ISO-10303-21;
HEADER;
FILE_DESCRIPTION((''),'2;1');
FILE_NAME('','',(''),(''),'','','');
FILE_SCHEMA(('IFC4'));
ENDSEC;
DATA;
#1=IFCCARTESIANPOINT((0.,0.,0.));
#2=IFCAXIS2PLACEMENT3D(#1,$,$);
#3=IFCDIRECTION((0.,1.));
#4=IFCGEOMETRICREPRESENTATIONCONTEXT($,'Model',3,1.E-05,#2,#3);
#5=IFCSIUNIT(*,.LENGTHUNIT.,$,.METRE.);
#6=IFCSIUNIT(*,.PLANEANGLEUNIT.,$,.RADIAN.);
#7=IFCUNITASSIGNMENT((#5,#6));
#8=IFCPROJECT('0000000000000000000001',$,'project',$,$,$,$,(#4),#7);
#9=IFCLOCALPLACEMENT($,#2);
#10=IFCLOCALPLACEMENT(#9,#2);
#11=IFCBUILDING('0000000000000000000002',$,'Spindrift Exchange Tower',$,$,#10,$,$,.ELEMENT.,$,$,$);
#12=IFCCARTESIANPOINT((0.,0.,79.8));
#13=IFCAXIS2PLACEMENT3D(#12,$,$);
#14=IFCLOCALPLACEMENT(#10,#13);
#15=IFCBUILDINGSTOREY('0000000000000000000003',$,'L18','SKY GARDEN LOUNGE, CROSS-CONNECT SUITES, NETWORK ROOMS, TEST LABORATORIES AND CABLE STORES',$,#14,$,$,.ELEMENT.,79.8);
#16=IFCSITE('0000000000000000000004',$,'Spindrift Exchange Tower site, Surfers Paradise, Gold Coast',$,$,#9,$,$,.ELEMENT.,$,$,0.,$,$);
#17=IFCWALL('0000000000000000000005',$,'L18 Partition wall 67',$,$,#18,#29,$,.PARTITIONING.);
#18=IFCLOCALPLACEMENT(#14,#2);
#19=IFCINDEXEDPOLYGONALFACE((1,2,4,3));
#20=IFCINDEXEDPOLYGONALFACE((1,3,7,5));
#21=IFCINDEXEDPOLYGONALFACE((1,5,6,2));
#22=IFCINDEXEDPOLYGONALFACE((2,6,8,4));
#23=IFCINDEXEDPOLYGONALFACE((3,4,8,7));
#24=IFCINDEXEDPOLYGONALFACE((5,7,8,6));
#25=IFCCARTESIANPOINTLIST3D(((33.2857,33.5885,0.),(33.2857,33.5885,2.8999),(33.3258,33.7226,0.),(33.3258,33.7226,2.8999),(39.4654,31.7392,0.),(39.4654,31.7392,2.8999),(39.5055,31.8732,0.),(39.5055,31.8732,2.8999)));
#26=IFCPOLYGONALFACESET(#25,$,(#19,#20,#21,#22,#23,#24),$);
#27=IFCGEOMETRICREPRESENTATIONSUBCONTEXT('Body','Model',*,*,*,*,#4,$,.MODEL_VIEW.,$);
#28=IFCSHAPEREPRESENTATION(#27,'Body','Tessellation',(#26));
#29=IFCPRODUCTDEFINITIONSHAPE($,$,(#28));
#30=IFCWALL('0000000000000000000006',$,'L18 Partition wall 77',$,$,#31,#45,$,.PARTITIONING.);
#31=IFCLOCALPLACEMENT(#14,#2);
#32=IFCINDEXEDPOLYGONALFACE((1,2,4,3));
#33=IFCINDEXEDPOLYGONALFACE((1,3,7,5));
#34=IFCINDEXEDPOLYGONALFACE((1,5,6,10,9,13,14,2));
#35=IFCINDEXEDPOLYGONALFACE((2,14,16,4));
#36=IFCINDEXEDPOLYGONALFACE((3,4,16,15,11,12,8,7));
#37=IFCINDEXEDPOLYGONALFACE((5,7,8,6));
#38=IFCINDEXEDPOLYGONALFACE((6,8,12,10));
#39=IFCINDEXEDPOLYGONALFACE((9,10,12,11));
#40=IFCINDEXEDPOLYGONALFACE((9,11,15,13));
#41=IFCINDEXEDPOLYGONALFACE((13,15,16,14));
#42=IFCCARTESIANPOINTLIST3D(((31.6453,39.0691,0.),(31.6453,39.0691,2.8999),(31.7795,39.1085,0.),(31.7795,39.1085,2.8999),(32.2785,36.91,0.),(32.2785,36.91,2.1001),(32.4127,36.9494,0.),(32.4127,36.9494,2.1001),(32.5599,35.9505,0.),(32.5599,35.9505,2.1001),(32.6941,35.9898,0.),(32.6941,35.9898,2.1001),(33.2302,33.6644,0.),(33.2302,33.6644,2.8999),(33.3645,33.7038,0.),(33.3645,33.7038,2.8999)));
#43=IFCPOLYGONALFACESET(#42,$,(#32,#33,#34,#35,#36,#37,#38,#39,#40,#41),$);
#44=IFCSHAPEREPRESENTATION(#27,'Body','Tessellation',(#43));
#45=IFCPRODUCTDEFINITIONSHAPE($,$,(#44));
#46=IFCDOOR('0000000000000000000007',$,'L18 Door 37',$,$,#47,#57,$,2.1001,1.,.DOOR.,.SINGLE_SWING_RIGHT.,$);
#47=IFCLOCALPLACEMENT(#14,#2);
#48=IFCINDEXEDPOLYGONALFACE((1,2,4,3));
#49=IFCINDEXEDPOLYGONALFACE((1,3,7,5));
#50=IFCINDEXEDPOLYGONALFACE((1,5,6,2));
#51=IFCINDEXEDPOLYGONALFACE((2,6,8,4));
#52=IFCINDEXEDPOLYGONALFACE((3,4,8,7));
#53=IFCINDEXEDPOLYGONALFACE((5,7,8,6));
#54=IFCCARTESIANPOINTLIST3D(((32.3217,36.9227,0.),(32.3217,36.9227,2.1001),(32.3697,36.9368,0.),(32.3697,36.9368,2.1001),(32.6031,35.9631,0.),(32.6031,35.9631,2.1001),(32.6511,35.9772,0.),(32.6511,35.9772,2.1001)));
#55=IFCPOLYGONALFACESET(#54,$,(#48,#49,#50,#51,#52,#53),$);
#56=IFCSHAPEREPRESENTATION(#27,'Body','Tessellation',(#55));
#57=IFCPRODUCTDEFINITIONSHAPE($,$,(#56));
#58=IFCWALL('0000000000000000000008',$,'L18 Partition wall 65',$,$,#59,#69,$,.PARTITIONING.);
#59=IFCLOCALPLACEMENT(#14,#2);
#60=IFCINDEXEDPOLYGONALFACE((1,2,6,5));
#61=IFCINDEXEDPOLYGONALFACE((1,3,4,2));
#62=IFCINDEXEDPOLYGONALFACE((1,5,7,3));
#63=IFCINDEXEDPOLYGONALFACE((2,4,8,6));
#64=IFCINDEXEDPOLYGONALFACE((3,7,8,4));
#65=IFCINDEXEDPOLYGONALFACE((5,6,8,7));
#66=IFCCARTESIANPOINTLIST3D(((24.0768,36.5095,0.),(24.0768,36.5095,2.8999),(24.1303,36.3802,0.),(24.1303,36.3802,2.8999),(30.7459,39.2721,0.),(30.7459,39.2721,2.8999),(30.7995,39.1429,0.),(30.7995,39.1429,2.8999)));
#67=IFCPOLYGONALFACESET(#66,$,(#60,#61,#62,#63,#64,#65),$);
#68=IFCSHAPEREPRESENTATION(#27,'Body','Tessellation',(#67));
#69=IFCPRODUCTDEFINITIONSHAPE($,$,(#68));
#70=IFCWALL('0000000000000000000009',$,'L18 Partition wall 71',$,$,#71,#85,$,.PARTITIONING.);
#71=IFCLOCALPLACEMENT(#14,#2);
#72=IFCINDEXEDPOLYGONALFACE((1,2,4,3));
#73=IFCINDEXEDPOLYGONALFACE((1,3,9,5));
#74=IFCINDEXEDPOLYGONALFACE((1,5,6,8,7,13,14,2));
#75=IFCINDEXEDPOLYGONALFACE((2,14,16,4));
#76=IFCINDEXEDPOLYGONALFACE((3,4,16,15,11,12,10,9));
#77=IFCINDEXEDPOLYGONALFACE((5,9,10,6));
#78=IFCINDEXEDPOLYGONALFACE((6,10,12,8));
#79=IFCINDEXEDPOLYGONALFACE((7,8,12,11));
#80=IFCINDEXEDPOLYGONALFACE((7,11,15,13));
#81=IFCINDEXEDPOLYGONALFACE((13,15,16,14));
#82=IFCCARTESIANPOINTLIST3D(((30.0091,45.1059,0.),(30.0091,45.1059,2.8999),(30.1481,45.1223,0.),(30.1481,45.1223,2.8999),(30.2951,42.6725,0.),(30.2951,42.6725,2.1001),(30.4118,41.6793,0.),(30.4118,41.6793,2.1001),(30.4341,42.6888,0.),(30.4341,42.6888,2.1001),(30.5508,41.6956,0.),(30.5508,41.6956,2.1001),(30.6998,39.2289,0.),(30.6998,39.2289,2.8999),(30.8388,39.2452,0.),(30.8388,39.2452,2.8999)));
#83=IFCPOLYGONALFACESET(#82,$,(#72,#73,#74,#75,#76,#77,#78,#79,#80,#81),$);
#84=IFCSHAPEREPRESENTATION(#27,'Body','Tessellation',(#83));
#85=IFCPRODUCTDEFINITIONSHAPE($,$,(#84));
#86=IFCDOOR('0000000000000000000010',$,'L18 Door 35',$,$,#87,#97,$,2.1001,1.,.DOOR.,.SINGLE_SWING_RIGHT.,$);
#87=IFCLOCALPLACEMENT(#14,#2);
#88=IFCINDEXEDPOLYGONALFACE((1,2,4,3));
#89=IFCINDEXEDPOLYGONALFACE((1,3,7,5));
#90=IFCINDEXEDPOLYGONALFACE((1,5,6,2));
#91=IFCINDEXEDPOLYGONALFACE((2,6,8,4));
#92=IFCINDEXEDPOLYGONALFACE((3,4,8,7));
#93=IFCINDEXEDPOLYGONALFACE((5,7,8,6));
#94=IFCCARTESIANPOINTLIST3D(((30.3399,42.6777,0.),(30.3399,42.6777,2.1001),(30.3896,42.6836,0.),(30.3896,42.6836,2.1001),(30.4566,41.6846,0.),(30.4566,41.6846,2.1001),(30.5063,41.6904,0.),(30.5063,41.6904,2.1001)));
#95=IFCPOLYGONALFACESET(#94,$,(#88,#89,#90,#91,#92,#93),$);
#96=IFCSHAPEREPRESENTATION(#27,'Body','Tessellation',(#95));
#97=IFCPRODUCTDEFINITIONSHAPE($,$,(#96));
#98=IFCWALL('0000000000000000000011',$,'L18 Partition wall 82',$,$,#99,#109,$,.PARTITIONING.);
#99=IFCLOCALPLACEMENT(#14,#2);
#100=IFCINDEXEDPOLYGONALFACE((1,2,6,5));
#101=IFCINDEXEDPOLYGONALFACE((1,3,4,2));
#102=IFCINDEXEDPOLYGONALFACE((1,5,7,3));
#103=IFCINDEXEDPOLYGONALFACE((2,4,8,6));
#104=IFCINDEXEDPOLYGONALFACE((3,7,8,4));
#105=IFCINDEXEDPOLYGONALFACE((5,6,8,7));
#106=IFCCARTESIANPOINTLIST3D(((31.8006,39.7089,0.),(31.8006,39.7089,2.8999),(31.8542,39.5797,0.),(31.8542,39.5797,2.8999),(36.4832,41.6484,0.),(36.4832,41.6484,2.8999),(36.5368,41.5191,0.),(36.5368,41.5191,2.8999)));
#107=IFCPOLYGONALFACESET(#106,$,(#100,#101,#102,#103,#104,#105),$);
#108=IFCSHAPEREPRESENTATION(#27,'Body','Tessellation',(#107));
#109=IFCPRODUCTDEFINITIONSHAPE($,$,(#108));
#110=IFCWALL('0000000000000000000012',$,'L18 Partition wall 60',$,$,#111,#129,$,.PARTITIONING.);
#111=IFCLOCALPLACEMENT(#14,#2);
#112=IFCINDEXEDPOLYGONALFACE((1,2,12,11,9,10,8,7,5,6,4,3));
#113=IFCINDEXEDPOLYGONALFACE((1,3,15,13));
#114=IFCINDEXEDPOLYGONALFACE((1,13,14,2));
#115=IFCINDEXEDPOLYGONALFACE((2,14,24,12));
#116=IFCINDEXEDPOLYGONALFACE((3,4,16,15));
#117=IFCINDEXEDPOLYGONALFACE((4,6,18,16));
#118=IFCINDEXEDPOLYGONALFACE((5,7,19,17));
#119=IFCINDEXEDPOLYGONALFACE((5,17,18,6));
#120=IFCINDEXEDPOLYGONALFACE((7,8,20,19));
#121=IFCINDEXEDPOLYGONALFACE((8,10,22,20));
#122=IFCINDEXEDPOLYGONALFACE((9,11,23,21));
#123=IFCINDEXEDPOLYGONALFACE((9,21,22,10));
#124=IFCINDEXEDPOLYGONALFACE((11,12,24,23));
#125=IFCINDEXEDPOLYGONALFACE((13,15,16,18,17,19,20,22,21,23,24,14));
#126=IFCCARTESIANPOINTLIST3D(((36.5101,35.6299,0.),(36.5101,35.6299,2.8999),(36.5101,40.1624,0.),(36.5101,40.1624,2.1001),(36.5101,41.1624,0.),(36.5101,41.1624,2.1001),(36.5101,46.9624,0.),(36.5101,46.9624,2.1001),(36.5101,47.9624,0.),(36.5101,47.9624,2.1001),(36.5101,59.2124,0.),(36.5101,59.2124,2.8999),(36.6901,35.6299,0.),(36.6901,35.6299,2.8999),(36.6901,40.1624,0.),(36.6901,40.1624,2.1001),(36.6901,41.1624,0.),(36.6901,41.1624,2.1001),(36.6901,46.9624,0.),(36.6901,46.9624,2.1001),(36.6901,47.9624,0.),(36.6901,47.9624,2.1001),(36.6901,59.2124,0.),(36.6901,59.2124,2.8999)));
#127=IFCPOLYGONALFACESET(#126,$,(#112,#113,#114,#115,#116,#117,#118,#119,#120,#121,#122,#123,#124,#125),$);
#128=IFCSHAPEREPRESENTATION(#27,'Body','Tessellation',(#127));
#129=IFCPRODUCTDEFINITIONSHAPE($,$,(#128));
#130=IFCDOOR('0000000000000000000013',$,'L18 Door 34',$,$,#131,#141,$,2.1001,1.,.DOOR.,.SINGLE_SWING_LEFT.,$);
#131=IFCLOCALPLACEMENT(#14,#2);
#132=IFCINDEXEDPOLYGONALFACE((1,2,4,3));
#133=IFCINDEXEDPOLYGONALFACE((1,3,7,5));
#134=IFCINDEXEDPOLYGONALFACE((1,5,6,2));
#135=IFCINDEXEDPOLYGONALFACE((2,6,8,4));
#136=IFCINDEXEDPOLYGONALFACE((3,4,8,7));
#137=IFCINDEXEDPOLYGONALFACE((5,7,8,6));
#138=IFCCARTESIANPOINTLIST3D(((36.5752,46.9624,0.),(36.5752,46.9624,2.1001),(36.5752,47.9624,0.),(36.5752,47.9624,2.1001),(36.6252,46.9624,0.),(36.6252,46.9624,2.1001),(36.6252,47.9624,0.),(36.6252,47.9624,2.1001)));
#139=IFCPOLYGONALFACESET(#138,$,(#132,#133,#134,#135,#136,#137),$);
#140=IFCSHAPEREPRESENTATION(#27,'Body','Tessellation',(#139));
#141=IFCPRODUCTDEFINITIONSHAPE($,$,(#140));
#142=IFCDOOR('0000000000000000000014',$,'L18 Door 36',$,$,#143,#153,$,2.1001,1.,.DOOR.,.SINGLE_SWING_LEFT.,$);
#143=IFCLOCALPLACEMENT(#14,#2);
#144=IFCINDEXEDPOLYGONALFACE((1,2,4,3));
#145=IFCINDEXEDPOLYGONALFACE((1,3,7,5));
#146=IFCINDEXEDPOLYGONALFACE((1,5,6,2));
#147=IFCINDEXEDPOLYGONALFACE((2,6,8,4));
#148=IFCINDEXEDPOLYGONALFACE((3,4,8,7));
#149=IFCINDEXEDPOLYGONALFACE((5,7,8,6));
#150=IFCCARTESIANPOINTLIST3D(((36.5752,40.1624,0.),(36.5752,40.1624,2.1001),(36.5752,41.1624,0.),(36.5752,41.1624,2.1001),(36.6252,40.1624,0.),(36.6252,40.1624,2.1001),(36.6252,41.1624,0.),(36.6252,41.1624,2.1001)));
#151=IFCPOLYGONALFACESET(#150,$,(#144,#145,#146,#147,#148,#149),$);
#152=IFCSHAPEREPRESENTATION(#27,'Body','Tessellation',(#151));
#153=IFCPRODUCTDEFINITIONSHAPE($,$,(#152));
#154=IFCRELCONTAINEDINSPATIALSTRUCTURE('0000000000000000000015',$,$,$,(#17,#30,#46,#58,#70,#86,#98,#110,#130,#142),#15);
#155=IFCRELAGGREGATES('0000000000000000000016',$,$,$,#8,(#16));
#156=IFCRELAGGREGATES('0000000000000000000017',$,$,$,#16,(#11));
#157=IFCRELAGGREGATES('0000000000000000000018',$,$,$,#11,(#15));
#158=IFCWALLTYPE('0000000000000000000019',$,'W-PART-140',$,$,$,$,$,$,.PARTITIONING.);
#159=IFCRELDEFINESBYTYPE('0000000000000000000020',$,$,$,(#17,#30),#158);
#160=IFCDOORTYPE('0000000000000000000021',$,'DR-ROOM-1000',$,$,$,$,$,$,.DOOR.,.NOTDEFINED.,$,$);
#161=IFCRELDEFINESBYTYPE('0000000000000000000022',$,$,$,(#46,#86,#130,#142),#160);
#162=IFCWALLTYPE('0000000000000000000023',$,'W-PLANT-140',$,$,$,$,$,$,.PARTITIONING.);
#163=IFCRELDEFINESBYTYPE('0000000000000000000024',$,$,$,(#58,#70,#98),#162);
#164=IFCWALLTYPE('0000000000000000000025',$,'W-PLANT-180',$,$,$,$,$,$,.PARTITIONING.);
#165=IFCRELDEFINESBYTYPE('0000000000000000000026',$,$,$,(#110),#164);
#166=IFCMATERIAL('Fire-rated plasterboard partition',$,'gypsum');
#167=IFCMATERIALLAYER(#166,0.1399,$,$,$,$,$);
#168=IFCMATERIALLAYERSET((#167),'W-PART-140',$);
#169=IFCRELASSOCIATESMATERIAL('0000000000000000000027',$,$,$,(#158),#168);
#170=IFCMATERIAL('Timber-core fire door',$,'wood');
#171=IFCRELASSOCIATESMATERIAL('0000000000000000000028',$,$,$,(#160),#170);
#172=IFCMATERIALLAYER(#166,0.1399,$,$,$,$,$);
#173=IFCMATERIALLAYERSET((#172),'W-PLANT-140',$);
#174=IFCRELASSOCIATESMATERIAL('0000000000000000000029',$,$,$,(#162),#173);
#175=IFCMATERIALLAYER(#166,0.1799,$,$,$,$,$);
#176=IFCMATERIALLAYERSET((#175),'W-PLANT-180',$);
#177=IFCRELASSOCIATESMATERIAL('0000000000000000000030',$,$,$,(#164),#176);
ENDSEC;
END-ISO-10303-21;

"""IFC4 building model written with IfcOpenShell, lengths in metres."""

from ifc_helpers import new_model, si_unit, direction, frame, frame_2d, origin, place, context, subcontext, project, spatial, rectangle, extrude, source, transform, mapped, material, layer, layer_set, type_object, element, fill, save


model = new_model("IFC4")

# Units and contexts
model_context = context("Model", 3, precision=1e-05, world=origin(), true_north=direction((0.0, 1.0)))
body_context = subcontext(model_context, "Body", "Model", "MODEL_VIEW")
ifc_project = project(units=[si_unit("LENGTHUNIT", "METRE"), si_unit("PLANEANGLEUNIT", "RADIAN")], contexts=[model_context])

# Site, building, storey
site_placement = place(None, origin())
site = spatial("IfcSite", under=ifc_project, at=site_placement, Name="Spindrift Exchange Tower site, Surfers Paradise, Gold Coast", CompositionType="ELEMENT", RefElevation=0.0)
building_placement = place(site_placement, origin())
building = spatial("IfcBuilding", under=site, at=building_placement, Name="Spindrift Exchange Tower", CompositionType="ELEMENT")
storey_placement = place(building_placement, frame((0.0, 0.0, 79.8)))
storey = spatial("IfcBuildingStorey", under=building, at=storey_placement, Name="L18", Description="SKY GARDEN LOUNGE, CROSS-CONNECT SUITES, NETWORK ROOMS, TEST LABORATORIES AND CABLE STORES", CompositionType="ELEMENT", Elevation=79.8)

# Shared definitions
ifc_material_1 = material(Name="Fire-rated plasterboard partition", Category="gypsum")

# Wall
ifc_layer_1 = layer(ifc_material_1, 0.1399)
ifc_layer_set_1 = layer_set([ifc_layer_1], Name="W-PART-140")
wall_type_1 = type_object("IfcWallType", Name="W-PART-140", PredefinedType="PARTITIONING", material=ifc_layer_set_1)
wall_1_placement = place(storey_placement, frame((33.3059, 33.6555, 0.0), z_axis=(0.0, 0.0, 1.0), x_axis=(0.95802, -0.286702, 0.0)))
element("IfcWall", 1, at=wall_1_placement, inside=storey, type_object=wall_type_1, Name="L18 Partition wall 67", PredefinedType="PARTITIONING", context=body_context, shape_type="SweptSolid", body=[
    extrude(rectangle(XDim=6.4504, YDim=0.1399, at=frame_2d((3.2251, 0.0))), origin(), (0.0, 0.0, 1.0), 2.8999),
])

# Wall, opening, door
wall_2_placement = place(storey_placement, frame((33.2974, 33.6841, 0.0), z_axis=(0.0, 0.0, 1.0), x_axis=(-0.281401, 0.95959, 0.0)))
wall_2 = element("IfcWall", 2, at=wall_2_placement, inside=storey, type_object=wall_type_1, Name="L18 Partition wall 77", PredefinedType="PARTITIONING", context=body_context, shape_type="SweptSolid", body=[
    extrude(rectangle(XDim=5.6323, YDim=0.1399, at=frame_2d((2.8162, 0.0))), origin(), (0.0, 0.0, 1.0), 2.8999),
])
opening_1_placement = place(wall_2_placement, frame((2.3823, 0.0, 0.0)))
opening_1 = element("IfcOpeningElement", 3, at=opening_1_placement, cuts=wall_2, PredefinedType="OPENING", context=body_context, shape_type="SweptSolid", body=[
    extrude(rectangle(XDim=1.0, YDim=2.1001, at=frame_2d((0.5, 1.05))), frame((0.0, 0.0798, 0.0), z_axis=(0.0, -1.0, 0.0), x_axis=(1.0, 0.0, 0.0)), (0.0, 0.0, 1.0), 0.1599),
])
ifc_material_2 = material(Name="Timber-core fire door", Category="wood")
door_type_1 = type_object("IfcDoorType", Name="DR-ROOM-1000", OperationType="NOTDEFINED", PredefinedType="DOOR", material=ifc_material_2)
shared_shape_1 = source(origin(), body_context, "Body", "SweptSolid", [
    extrude(rectangle(XDim=1.0, YDim=2.1001, at=frame_2d((0.5, 1.05))), frame((0.0, 0.0249, 0.0), z_axis=(0.0, -1.0, 0.0), x_axis=(1.0, 0.0, 0.0)), (0.0, 0.0, 1.0), 0.05),
])
door_1_placement = place(opening_1_placement, origin())
door_1 = element("IfcDoor", 4, at=door_1_placement, inside=storey, type_object=door_type_1, Name="L18 Door 37", OperationType="SINGLE_SWING_RIGHT", OverallHeight=2.1001, OverallWidth=1.0, PredefinedType="DOOR", context=body_context, shape_type="MappedRepresentation", body=[
    mapped(shared_shape_1, transform((0.0, 0.0, 0.0), scale=1.0)),
])
fill(opening_1, door_1)

# Wall
ifc_layer_2 = layer(ifc_material_1, 0.1399)
ifc_layer_set_2 = layer_set([ifc_layer_2], Name="W-PLANT-140")
wall_type_2 = type_object("IfcWallType", Name="W-PLANT-140", PredefinedType="PARTITIONING", material=ifc_layer_set_2)
wall_3_placement = place(storey_placement, frame((30.7727, 39.2075, 0.0), z_axis=(0.0, 0.0, 1.0), x_axis=(-0.923868, -0.38271, 0.0)))
element("IfcWall", 5, at=wall_3_placement, inside=storey, type_object=wall_type_2, Name="L18 Partition wall 65", PredefinedType="PARTITIONING", context=body_context, shape_type="SweptSolid", body=[
    extrude(rectangle(XDim=7.2188, YDim=0.1399, at=frame_2d((3.6094, 0.0))), origin(), (0.0, 0.0, 1.0), 2.8999),
])

# Wall, opening, door
wall_4_placement = place(storey_placement, frame((30.7693, 39.2371, 0.0), z_axis=(0.0, 0.0, 1.0), x_axis=(-0.116719, 0.993165, 0.0)))
wall_4 = element("IfcWall", 6, at=wall_4_placement, inside=storey, type_object=wall_type_2, Name="L18 Partition wall 71", PredefinedType="PARTITIONING", context=body_context, shape_type="SweptSolid", body=[
    extrude(rectangle(XDim=5.9175, YDim=0.1399, at=frame_2d((2.9587, 0.0))), origin(), (0.0, 0.0, 1.0), 2.8999),
])
opening_2_placement = place(wall_4_placement, frame((2.4673, 0.0, 0.0)))
opening_2 = element("IfcOpeningElement", 7, at=opening_2_placement, cuts=wall_4, PredefinedType="OPENING", context=body_context, shape_type="SweptSolid", body=[
    extrude(rectangle(XDim=1.0, YDim=2.1001, at=frame_2d((0.5, 1.05))), frame((0.0, 0.0798, 0.0), z_axis=(0.0, -1.0, 0.0), x_axis=(1.0, 0.0, 0.0)), (0.0, 0.0, 1.0), 0.1599),
])
door_2_placement = place(opening_2_placement, origin())
door_2 = element("IfcDoor", 8, at=door_2_placement, inside=storey, type_object=door_type_1, Name="L18 Door 35", OperationType="SINGLE_SWING_RIGHT", OverallHeight=2.1001, OverallWidth=1.0, PredefinedType="DOOR", context=body_context, shape_type="MappedRepresentation", body=[
    mapped(shared_shape_1, transform((0.0, 0.0, 0.0), scale=1.0)),
])
fill(opening_2, door_2)

# Wall
wall_5_placement = place(storey_placement, frame((36.51, 41.5837, 0.0), z_axis=(0.0, 0.0, 1.0), x_axis=(-0.92389, -0.382658, 0.0)))
element("IfcWall", 9, at=wall_5_placement, inside=storey, type_object=wall_type_2, Name="L18 Partition wall 82", PredefinedType="PARTITIONING", context=body_context, shape_type="SweptSolid", body=[
    extrude(rectangle(XDim=5.0684, YDim=0.1399, at=frame_2d((2.5342, 0.0))), origin(), (0.0, 0.0, 1.0), 2.8999),
])

# Wall, openings, doors
ifc_layer_3 = layer(ifc_material_1, 0.1799)
ifc_layer_set_3 = layer_set([ifc_layer_3], Name="W-PLANT-180")
wall_type_3 = type_object("IfcWallType", Name="W-PLANT-180", PredefinedType="PARTITIONING", material=ifc_layer_set_3)
wall_6_placement = place(storey_placement, frame((36.6001, 35.6299, 0.0), z_axis=(0.0, 0.0, 1.0), x_axis=(0.0, 1.0, 0.0)))
wall_6 = element("IfcWall", 10, at=wall_6_placement, inside=storey, type_object=wall_type_3, Name="L18 Partition wall 60", PredefinedType="PARTITIONING", context=body_context, shape_type="SweptSolid", body=[
    extrude(rectangle(XDim=23.5825, YDim=0.1799, at=frame_2d((11.7913, 0.0))), origin(), (0.0, 0.0, 1.0), 2.8999),
])
opening_3_placement = place(wall_6_placement, frame((11.3325, 0.0, 0.0)))
opening_3 = element("IfcOpeningElement", 11, at=opening_3_placement, cuts=wall_6, PredefinedType="OPENING", context=body_context, shape_type="SweptSolid", body=[
    extrude(rectangle(XDim=1.0, YDim=2.1001, at=frame_2d((0.5, 1.05))), frame((0.0, 0.0999, 0.0), z_axis=(0.0, -1.0, 0.0), x_axis=(1.0, 0.0, 0.0)), (0.0, 0.0, 1.0), 0.2),
])
opening_4_placement = place(wall_6_placement, frame((4.5325, 0.0, 0.0)))
opening_4 = element("IfcOpeningElement", 12, at=opening_4_placement, cuts=wall_6, PredefinedType="OPENING", context=body_context, shape_type="SweptSolid", body=[
    extrude(rectangle(XDim=1.0, YDim=2.1001, at=frame_2d((0.5, 1.05))), frame((0.0, 0.0999, 0.0), z_axis=(0.0, -1.0, 0.0), x_axis=(1.0, 0.0, 0.0)), (0.0, 0.0, 1.0), 0.2),
])
door_3_placement = place(opening_3_placement, origin())
door_3 = element("IfcDoor", 13, at=door_3_placement, inside=storey, type_object=door_type_1, Name="L18 Door 34", OperationType="SINGLE_SWING_LEFT", OverallHeight=2.1001, OverallWidth=1.0, PredefinedType="DOOR", context=body_context, shape_type="MappedRepresentation", body=[
    mapped(shared_shape_1, transform((0.0, 0.0, 0.0), scale=1.0)),
])
fill(opening_3, door_3)
door_4_placement = place(opening_4_placement, origin())
door_4 = element("IfcDoor", 14, at=door_4_placement, inside=storey, type_object=door_type_1, Name="L18 Door 36", OperationType="SINGLE_SWING_LEFT", OverallHeight=2.1001, OverallWidth=1.0, PredefinedType="DOOR", context=body_context, shape_type="MappedRepresentation", body=[
    mapped(shared_shape_1, transform((0.0, 0.0, 0.0), scale=1.0)),
])
fill(opening_4, door_4)

save(model, "model.ifc")
